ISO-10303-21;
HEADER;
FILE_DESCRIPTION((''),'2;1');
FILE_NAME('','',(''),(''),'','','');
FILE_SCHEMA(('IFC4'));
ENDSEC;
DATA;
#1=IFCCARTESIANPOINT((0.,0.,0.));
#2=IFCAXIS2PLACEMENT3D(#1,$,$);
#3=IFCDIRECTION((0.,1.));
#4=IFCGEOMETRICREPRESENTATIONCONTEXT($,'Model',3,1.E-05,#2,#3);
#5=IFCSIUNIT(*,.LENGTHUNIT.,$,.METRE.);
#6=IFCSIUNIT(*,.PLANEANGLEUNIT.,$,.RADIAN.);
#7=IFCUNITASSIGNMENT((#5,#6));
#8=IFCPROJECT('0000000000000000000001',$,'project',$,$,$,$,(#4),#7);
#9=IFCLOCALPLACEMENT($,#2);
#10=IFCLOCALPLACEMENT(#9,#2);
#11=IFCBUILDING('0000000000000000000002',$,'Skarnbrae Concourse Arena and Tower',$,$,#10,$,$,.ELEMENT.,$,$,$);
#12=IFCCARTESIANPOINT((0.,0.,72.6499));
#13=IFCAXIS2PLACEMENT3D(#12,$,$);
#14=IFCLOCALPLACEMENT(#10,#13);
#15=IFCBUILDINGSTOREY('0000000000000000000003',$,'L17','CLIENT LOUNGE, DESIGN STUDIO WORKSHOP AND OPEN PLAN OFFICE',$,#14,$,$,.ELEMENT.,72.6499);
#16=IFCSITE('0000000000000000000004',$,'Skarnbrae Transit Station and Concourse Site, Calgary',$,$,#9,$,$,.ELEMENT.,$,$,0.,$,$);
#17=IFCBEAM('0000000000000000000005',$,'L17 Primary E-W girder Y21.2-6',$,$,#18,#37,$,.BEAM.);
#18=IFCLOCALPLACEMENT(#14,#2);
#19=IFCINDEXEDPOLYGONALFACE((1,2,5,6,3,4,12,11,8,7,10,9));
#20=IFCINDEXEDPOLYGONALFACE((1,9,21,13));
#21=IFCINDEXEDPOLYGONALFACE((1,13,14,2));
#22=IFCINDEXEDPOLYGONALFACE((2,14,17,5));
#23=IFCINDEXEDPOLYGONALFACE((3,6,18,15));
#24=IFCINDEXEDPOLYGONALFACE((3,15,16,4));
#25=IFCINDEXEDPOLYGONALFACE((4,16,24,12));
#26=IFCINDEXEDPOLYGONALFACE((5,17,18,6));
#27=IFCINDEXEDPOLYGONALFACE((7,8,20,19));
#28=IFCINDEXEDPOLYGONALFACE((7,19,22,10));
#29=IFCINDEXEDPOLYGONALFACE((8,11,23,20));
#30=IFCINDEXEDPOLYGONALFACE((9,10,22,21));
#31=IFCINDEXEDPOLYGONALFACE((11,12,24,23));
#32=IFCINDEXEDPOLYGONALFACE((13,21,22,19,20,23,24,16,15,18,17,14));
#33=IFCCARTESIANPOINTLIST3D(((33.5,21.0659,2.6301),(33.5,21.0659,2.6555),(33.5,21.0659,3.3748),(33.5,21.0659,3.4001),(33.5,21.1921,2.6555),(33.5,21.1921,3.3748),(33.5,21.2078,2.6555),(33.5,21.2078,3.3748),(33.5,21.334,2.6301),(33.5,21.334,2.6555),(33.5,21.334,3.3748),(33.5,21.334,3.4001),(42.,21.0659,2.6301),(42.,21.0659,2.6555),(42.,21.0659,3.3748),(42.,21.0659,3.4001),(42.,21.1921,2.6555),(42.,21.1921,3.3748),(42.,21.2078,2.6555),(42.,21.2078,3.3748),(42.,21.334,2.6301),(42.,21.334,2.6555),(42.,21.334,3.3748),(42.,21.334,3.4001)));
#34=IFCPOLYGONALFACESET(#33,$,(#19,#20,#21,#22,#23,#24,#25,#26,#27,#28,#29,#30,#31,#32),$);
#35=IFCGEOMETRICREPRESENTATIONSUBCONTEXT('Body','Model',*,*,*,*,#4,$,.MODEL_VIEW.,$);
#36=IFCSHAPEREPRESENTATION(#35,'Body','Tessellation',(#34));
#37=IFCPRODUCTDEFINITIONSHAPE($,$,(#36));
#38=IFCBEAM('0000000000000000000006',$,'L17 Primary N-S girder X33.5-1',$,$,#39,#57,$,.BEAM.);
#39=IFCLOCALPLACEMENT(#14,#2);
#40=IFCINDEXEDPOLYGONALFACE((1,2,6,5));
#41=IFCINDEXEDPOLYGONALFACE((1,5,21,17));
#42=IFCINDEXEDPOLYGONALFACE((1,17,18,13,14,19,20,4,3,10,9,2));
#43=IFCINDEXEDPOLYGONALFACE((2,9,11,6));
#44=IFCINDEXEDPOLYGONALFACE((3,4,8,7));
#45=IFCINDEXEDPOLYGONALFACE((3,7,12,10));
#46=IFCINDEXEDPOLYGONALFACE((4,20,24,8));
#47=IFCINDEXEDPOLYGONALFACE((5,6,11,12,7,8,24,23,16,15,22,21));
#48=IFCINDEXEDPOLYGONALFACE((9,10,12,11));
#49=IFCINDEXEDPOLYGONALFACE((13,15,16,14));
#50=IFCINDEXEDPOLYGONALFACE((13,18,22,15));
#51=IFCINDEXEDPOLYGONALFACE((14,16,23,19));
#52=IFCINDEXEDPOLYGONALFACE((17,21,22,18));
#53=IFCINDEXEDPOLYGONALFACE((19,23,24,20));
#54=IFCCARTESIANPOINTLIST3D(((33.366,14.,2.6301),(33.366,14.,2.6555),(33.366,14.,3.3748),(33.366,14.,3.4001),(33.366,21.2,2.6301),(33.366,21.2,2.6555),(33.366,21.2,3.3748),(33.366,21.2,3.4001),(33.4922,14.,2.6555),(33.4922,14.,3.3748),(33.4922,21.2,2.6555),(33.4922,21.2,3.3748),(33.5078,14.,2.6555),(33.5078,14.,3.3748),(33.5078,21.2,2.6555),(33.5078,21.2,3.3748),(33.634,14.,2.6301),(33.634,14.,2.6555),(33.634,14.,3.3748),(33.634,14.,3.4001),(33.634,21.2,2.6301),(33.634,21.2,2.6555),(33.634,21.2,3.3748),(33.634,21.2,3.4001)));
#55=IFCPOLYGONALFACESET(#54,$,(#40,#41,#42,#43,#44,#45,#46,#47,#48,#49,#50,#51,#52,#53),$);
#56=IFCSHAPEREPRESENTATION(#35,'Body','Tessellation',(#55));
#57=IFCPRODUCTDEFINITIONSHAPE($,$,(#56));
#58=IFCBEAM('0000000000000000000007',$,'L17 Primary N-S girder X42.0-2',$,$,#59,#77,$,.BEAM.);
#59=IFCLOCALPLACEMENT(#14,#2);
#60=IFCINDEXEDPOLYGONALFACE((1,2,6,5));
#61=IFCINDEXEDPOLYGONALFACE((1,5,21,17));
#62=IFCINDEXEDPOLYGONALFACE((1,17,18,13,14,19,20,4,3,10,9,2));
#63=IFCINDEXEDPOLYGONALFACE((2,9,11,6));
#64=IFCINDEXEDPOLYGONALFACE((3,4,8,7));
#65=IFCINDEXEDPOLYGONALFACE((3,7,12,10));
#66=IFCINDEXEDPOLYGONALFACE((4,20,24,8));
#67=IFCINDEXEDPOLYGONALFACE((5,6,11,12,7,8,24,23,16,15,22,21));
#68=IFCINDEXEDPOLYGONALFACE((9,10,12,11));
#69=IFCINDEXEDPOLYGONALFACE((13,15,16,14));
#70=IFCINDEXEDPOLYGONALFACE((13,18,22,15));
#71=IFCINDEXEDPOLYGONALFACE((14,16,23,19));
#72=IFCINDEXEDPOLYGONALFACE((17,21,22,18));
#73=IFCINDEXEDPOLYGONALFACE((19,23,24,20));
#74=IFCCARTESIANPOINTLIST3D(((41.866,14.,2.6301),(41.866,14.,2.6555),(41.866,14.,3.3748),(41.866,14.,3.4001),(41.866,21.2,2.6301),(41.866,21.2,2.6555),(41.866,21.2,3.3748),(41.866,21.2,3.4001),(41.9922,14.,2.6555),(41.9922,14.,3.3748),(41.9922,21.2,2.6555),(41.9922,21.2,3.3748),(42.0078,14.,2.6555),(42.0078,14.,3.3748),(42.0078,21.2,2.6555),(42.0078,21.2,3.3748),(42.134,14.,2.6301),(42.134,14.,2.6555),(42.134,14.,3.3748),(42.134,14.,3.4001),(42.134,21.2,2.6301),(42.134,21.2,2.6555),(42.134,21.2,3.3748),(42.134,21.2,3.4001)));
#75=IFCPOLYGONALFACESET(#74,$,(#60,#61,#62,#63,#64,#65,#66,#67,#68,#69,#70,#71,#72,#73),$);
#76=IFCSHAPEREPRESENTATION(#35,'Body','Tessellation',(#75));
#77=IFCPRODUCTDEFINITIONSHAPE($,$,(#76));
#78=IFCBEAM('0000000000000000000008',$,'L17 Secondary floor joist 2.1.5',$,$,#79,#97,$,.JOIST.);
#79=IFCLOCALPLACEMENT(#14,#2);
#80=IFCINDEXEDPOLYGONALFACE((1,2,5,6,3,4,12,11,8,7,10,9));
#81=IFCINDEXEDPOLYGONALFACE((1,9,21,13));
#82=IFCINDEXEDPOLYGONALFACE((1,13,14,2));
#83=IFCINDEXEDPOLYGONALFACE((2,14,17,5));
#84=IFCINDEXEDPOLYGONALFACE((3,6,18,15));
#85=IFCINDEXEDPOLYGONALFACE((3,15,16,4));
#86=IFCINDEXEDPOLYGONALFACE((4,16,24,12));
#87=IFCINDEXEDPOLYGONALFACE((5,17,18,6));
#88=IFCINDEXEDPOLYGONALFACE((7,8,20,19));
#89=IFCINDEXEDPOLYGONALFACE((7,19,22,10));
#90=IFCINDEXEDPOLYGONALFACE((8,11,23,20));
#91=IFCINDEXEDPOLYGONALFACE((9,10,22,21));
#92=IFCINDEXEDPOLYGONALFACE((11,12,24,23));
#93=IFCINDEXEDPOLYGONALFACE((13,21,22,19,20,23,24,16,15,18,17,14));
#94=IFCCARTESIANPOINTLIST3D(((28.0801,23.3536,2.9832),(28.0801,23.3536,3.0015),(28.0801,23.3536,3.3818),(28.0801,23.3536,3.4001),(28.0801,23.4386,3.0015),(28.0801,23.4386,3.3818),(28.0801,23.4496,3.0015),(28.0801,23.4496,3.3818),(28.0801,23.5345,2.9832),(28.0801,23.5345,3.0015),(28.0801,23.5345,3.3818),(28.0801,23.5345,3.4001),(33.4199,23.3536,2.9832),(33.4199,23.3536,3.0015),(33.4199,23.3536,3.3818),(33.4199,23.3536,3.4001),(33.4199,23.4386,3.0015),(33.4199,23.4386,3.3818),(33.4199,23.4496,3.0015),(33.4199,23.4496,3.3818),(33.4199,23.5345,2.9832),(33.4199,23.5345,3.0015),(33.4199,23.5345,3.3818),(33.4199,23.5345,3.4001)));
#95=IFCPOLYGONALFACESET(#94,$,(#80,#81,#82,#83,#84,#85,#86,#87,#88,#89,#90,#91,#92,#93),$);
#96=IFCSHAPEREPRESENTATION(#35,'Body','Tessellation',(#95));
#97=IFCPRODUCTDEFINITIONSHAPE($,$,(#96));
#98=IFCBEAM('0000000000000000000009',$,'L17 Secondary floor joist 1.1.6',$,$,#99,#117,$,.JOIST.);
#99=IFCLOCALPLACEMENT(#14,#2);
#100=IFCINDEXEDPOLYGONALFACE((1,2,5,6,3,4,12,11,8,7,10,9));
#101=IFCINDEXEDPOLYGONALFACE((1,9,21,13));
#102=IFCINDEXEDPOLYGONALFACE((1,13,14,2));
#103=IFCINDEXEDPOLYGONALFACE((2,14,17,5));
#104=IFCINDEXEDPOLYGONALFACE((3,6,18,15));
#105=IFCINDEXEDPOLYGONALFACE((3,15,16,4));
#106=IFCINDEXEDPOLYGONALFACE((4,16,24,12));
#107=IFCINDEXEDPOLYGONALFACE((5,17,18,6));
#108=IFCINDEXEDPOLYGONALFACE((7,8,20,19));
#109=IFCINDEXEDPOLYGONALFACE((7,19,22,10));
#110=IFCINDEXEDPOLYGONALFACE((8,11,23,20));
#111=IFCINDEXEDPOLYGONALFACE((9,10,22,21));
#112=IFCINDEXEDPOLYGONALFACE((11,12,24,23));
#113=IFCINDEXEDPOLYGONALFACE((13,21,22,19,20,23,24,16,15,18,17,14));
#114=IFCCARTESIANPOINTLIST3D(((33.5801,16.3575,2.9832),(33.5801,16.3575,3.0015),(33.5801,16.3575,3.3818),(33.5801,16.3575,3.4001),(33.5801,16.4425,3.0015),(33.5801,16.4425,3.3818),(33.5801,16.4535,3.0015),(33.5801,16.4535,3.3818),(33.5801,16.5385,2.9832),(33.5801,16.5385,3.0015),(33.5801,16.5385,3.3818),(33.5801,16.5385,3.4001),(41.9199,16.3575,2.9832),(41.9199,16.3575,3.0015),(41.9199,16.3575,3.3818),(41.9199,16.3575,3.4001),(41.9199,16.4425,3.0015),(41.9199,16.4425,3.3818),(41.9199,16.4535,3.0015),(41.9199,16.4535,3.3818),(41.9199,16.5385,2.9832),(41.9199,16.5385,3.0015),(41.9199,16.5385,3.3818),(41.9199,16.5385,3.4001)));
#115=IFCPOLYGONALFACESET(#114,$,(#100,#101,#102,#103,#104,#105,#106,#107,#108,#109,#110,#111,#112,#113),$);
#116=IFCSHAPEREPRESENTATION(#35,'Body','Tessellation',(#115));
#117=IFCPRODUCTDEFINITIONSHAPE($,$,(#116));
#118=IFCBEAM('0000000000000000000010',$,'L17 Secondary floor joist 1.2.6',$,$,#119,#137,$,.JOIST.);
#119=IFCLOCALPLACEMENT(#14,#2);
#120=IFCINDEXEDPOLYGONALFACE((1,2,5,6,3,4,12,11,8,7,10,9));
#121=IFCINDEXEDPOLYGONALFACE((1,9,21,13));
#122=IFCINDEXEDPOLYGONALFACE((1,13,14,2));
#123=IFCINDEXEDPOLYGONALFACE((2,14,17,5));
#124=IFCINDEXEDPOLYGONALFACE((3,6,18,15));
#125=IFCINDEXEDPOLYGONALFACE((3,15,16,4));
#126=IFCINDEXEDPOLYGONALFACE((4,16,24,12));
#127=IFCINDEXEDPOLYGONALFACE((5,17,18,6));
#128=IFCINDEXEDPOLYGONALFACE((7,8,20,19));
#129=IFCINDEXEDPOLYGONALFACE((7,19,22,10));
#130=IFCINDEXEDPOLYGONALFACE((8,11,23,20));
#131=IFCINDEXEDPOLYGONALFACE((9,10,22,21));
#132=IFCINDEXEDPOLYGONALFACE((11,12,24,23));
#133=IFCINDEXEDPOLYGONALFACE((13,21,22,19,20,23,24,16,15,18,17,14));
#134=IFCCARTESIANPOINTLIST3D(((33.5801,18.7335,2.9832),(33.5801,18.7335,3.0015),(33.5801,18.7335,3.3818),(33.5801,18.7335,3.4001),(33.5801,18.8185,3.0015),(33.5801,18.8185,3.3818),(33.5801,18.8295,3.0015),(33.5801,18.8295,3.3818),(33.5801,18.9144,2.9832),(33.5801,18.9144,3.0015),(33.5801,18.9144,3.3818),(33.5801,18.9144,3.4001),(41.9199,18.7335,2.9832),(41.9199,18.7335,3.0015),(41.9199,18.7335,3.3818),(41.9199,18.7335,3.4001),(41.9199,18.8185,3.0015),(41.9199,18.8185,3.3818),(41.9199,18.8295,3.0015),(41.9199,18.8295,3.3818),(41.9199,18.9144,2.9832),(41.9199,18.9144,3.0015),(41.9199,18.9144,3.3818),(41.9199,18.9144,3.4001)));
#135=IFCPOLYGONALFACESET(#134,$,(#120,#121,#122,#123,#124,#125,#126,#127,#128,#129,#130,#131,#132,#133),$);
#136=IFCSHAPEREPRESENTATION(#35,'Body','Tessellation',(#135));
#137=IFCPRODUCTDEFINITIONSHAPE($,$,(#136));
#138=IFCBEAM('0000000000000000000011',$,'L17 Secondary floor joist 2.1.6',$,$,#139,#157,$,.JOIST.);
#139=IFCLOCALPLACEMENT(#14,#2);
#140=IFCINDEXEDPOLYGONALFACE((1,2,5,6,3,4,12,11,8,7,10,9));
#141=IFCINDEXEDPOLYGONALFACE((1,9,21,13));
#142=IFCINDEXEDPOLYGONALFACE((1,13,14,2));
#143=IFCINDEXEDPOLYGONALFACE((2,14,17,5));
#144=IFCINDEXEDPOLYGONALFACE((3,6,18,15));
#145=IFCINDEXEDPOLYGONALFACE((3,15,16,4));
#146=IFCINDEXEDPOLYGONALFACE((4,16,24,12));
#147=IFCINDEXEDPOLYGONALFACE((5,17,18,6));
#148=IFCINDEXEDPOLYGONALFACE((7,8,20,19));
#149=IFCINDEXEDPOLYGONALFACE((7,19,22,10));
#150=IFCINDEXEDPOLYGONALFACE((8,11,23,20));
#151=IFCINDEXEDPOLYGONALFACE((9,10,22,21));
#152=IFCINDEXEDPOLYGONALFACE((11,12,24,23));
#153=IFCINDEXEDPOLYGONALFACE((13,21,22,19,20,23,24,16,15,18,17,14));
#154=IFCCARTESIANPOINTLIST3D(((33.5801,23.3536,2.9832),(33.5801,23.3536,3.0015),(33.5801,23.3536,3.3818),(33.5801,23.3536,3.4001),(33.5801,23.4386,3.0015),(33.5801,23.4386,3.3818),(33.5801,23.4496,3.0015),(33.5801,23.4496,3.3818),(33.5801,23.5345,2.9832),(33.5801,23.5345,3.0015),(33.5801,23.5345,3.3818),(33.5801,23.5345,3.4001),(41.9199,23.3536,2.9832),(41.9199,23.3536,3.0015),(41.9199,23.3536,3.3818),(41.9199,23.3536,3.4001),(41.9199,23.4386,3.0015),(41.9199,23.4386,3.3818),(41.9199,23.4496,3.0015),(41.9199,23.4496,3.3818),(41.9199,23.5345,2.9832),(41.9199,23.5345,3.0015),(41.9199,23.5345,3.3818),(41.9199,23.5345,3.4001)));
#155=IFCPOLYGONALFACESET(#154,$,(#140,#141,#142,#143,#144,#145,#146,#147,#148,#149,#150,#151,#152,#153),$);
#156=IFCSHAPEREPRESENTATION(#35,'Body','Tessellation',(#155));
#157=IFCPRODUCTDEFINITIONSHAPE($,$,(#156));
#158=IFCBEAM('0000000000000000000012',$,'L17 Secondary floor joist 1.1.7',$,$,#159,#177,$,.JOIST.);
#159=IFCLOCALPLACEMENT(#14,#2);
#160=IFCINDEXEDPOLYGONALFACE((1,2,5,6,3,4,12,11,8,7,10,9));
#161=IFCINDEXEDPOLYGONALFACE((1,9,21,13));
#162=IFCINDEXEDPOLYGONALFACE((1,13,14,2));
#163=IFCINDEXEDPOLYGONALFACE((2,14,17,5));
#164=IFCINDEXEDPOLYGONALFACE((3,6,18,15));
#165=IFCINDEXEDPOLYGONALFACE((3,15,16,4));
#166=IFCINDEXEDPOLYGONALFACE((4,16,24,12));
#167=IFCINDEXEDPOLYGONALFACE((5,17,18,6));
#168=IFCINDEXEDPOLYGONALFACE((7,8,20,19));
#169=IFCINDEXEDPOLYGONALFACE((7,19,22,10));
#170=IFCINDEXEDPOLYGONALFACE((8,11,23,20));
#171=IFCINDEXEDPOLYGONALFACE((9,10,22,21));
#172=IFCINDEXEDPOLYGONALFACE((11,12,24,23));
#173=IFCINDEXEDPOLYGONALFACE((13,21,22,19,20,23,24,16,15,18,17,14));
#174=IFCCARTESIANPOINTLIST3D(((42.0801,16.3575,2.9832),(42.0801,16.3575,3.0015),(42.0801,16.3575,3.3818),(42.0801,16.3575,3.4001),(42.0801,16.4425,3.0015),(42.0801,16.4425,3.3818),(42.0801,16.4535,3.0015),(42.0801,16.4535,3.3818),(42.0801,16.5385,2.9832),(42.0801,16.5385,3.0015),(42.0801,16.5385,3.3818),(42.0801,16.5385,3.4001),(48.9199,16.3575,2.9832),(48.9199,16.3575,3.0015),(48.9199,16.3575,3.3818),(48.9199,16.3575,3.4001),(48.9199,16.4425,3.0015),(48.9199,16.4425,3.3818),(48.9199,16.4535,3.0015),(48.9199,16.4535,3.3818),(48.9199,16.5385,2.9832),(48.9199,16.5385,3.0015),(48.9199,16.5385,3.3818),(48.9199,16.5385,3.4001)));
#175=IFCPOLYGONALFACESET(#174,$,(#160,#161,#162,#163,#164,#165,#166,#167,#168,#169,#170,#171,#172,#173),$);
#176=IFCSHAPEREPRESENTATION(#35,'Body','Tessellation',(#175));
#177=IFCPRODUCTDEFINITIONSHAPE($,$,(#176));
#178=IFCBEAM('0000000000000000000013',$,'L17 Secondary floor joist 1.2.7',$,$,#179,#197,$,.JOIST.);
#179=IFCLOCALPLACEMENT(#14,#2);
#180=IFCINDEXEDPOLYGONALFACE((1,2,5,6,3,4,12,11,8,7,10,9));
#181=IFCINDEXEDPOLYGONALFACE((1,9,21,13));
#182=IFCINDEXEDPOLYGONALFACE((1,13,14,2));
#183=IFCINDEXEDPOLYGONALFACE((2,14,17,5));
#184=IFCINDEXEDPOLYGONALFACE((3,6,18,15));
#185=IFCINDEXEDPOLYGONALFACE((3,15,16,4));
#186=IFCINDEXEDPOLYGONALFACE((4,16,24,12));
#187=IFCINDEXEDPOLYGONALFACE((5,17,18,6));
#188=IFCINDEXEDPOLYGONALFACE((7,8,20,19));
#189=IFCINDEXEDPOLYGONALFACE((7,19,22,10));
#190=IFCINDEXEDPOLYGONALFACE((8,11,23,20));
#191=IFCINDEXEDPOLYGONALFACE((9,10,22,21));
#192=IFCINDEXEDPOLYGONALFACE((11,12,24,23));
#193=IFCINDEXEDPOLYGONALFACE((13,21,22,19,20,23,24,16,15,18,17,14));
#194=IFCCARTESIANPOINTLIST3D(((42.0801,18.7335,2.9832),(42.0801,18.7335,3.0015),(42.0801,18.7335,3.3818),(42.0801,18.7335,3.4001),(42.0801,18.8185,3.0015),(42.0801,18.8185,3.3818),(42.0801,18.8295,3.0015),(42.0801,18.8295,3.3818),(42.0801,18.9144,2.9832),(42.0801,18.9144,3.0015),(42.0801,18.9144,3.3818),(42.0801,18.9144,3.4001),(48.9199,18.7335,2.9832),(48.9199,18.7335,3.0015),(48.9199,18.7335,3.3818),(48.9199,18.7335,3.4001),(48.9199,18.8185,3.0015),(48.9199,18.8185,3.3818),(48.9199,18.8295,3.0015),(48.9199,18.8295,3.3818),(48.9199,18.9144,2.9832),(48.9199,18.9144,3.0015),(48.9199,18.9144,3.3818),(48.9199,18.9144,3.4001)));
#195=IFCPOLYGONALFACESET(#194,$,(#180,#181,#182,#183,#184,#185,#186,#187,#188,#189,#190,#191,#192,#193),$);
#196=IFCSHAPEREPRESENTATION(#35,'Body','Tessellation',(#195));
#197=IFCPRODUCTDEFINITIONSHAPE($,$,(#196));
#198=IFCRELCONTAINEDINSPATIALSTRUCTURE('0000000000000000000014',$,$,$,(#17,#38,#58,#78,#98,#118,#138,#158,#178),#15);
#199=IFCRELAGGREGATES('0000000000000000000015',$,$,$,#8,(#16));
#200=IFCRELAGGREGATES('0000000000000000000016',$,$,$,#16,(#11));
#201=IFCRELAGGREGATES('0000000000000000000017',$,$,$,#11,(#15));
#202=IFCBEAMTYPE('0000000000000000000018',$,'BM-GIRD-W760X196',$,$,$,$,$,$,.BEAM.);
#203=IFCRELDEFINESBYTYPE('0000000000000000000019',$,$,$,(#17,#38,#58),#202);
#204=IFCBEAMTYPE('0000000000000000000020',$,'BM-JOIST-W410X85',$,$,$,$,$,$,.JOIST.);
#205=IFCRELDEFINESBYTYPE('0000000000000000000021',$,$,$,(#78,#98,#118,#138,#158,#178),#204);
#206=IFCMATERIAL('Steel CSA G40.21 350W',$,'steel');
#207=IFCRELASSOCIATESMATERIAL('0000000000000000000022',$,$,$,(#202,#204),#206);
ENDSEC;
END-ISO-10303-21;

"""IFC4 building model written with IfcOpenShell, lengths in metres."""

from ifc_helpers import new_model, si_unit, direction, frame, origin, origin_2d, place, context, subcontext, project, spatial, i_section, extrude, source, transform, mapped, material, material_profile, profile_set, type_object, element, save


model = new_model("IFC4")

# Units and contexts
model_context = context("Model", 3, precision=1e-05, world=origin(), true_north=direction((0.0, 1.0)))
body_context = subcontext(model_context, "Body", "Model", "MODEL_VIEW")
ifc_project = project(units=[si_unit("LENGTHUNIT", "METRE"), si_unit("PLANEANGLEUNIT", "RADIAN")], contexts=[model_context])

# Site, building, storey
site_placement = place(None, origin())
site = spatial("IfcSite", under=ifc_project, at=site_placement, Name="Skarnbrae Transit Station and Concourse Site, Calgary", CompositionType="ELEMENT", RefElevation=0.0)
building_placement = place(site_placement, origin())
building = spatial("IfcBuilding", under=site, at=building_placement, Name="Skarnbrae Concourse Arena and Tower", CompositionType="ELEMENT")
storey_placement = place(building_placement, frame((0.0, 0.0, 72.6499)))
storey = spatial("IfcBuildingStorey", under=building, at=storey_placement, Name="L17", Description="CLIENT LOUNGE, DESIGN STUDIO WORKSHOP AND OPEN PLAN OFFICE", CompositionType="ELEMENT", Elevation=72.6499)

# Shared definitions
ifc_material_1 = material(Name="Steel CSA G40.21 350W", Category="steel")

# Beams
ifc_material_profile_1 = material_profile(ifc_material_1, i_section(OverallWidth=0.2681, OverallDepth=0.77, WebThickness=0.0156, FlangeThickness=0.0254, at=origin_2d()), Name="W760X196")
ifc_profile_set_1 = profile_set([ifc_material_profile_1], Name="Steel CSA G40.21 350W")
beam_type_1 = type_object("IfcBeamType", Name="BM-GIRD-W760X196", PredefinedType="BEAM", material=ifc_profile_set_1)
shared_shape_1 = source(origin(), body_context, "Body", "SweptSolid", [
    extrude(i_section(OverallWidth=0.2681, OverallDepth=0.77, WebThickness=0.0156, FlangeThickness=0.0254, at=origin_2d()), origin(), (0.0, 0.0, 1.0), 8.5),
])
for number, where, z_axis, x_axis, name in (
    (1, (33.5, 21.2, 3.0151), (1.0, 0.0, 0.0), (0.0, 1.0, 0.0), "L17 Primary E-W girder Y21.2-6"),
):
    element("IfcBeam", number, at=place(storey_placement, frame(where, z_axis=z_axis, x_axis=x_axis)), inside=storey, type_object=beam_type_1, Name=name, PredefinedType="BEAM", context=body_context, shape_type="MappedRepresentation", body=[
        mapped(shared_shape_1, transform((0.0, 0.0, 0.0))),
    ])
shared_shape_2 = source(origin(), body_context, "Body", "SweptSolid", [
    extrude(i_section(OverallWidth=0.2681, OverallDepth=0.77, WebThickness=0.0156, FlangeThickness=0.0254, at=origin_2d()), origin(), (0.0, 0.0, 1.0), 7.2),
])
for number, where, z_axis, x_axis, name in (
    (2, (33.5, 14.0, 3.0151), (0.0, 1.0, 0.0), (-1.0, 0.0, 0.0), "L17 Primary N-S girder X33.5-1"),
    (3, (42.0, 14.0, 3.0151), (0.0, 1.0, 0.0), (-1.0, 0.0, 0.0), "L17 Primary N-S girder X42.0-2"),
):
    element("IfcBeam", number, at=place(storey_placement, frame(where, z_axis=z_axis, x_axis=x_axis)), inside=storey, type_object=beam_type_1, Name=name, PredefinedType="BEAM", context=body_context, shape_type="MappedRepresentation", body=[
        mapped(shared_shape_2, transform((0.0, 0.0, 0.0))),
    ])
ifc_material_profile_2 = material_profile(ifc_material_1, i_section(OverallWidth=0.1809, OverallDepth=0.417, WebThickness=0.011, FlangeThickness=0.0183, at=origin_2d()), Name="W410X85")
ifc_profile_set_2 = profile_set([ifc_material_profile_2], Name="Steel CSA G40.21 350W")
beam_type_2 = type_object("IfcBeamType", Name="BM-JOIST-W410X85", PredefinedType="JOIST", material=ifc_profile_set_2)
shared_shape_3 = source(origin(), body_context, "Body", "SweptSolid", [
    extrude(i_section(OverallWidth=0.1809, OverallDepth=0.417, WebThickness=0.011, FlangeThickness=0.0183, at=origin_2d()), origin(), (0.0, 0.0, 1.0), 5.3398),
])
beam_placement = place(storey_placement, frame((28.0801, 23.4441, 3.1917), z_axis=(1.0, 0.0, 0.0), x_axis=(0.0, 1.0, 0.0)))
element("IfcBeam", 4, at=beam_placement, inside=storey, type_object=beam_type_2, Name="L17 Secondary floor joist 2.1.5", PredefinedType="JOIST", context=body_context, shape_type="MappedRepresentation", body=[
    mapped(shared_shape_3, transform((0.0, 0.0, 0.0))),
])
shared_shape_4 = source(origin(), body_context, "Body", "SweptSolid", [
    extrude(i_section(OverallWidth=0.1809, OverallDepth=0.417, WebThickness=0.011, FlangeThickness=0.0183, at=origin_2d()), origin(), (0.0, 0.0, 1.0), 8.3398),
])
for number, where, z_axis, x_axis, name in (
    (5, (33.5801, 16.448, 3.1917), (1.0, 0.0, 0.0), (0.0, 1.0, 0.0), "L17 Secondary floor joist 1.1.6"),
    (6, (33.5801, 18.824, 3.1917), (1.0, 0.0, 0.0), (0.0, 1.0, 0.0), "L17 Secondary floor joist 1.2.6"),
    (7, (33.5801, 23.4441, 3.1917), (1.0, 0.0, 0.0), (0.0, 1.0, 0.0), "L17 Secondary floor joist 2.1.6"),
):
    element("IfcBeam", number, at=place(storey_placement, frame(where, z_axis=z_axis, x_axis=x_axis)), inside=storey, type_object=beam_type_2, Name=name, PredefinedType="JOIST", context=body_context, shape_type="MappedRepresentation", body=[
        mapped(shared_shape_4, transform((0.0, 0.0, 0.0))),
    ])
shared_shape_5 = source(origin(), body_context, "Body", "SweptSolid", [
    extrude(i_section(OverallWidth=0.1809, OverallDepth=0.417, WebThickness=0.011, FlangeThickness=0.0183, at=origin_2d()), origin(), (0.0, 0.0, 1.0), 6.8398),
])
for number, where, z_axis, x_axis, name in (
    (8, (42.0801, 16.448, 3.1917), (1.0, 0.0, 0.0), (0.0, 1.0, 0.0), "L17 Secondary floor joist 1.1.7"),
    (9, (42.0801, 18.824, 3.1917), (1.0, 0.0, 0.0), (0.0, 1.0, 0.0), "L17 Secondary floor joist 1.2.7"),
):
    element("IfcBeam", number, at=place(storey_placement, frame(where, z_axis=z_axis, x_axis=x_axis)), inside=storey, type_object=beam_type_2, Name=name, PredefinedType="JOIST", context=body_context, shape_type="MappedRepresentation", body=[
        mapped(shared_shape_5, transform((0.0, 0.0, 0.0))),
    ])

save(model, "model.ifc")
